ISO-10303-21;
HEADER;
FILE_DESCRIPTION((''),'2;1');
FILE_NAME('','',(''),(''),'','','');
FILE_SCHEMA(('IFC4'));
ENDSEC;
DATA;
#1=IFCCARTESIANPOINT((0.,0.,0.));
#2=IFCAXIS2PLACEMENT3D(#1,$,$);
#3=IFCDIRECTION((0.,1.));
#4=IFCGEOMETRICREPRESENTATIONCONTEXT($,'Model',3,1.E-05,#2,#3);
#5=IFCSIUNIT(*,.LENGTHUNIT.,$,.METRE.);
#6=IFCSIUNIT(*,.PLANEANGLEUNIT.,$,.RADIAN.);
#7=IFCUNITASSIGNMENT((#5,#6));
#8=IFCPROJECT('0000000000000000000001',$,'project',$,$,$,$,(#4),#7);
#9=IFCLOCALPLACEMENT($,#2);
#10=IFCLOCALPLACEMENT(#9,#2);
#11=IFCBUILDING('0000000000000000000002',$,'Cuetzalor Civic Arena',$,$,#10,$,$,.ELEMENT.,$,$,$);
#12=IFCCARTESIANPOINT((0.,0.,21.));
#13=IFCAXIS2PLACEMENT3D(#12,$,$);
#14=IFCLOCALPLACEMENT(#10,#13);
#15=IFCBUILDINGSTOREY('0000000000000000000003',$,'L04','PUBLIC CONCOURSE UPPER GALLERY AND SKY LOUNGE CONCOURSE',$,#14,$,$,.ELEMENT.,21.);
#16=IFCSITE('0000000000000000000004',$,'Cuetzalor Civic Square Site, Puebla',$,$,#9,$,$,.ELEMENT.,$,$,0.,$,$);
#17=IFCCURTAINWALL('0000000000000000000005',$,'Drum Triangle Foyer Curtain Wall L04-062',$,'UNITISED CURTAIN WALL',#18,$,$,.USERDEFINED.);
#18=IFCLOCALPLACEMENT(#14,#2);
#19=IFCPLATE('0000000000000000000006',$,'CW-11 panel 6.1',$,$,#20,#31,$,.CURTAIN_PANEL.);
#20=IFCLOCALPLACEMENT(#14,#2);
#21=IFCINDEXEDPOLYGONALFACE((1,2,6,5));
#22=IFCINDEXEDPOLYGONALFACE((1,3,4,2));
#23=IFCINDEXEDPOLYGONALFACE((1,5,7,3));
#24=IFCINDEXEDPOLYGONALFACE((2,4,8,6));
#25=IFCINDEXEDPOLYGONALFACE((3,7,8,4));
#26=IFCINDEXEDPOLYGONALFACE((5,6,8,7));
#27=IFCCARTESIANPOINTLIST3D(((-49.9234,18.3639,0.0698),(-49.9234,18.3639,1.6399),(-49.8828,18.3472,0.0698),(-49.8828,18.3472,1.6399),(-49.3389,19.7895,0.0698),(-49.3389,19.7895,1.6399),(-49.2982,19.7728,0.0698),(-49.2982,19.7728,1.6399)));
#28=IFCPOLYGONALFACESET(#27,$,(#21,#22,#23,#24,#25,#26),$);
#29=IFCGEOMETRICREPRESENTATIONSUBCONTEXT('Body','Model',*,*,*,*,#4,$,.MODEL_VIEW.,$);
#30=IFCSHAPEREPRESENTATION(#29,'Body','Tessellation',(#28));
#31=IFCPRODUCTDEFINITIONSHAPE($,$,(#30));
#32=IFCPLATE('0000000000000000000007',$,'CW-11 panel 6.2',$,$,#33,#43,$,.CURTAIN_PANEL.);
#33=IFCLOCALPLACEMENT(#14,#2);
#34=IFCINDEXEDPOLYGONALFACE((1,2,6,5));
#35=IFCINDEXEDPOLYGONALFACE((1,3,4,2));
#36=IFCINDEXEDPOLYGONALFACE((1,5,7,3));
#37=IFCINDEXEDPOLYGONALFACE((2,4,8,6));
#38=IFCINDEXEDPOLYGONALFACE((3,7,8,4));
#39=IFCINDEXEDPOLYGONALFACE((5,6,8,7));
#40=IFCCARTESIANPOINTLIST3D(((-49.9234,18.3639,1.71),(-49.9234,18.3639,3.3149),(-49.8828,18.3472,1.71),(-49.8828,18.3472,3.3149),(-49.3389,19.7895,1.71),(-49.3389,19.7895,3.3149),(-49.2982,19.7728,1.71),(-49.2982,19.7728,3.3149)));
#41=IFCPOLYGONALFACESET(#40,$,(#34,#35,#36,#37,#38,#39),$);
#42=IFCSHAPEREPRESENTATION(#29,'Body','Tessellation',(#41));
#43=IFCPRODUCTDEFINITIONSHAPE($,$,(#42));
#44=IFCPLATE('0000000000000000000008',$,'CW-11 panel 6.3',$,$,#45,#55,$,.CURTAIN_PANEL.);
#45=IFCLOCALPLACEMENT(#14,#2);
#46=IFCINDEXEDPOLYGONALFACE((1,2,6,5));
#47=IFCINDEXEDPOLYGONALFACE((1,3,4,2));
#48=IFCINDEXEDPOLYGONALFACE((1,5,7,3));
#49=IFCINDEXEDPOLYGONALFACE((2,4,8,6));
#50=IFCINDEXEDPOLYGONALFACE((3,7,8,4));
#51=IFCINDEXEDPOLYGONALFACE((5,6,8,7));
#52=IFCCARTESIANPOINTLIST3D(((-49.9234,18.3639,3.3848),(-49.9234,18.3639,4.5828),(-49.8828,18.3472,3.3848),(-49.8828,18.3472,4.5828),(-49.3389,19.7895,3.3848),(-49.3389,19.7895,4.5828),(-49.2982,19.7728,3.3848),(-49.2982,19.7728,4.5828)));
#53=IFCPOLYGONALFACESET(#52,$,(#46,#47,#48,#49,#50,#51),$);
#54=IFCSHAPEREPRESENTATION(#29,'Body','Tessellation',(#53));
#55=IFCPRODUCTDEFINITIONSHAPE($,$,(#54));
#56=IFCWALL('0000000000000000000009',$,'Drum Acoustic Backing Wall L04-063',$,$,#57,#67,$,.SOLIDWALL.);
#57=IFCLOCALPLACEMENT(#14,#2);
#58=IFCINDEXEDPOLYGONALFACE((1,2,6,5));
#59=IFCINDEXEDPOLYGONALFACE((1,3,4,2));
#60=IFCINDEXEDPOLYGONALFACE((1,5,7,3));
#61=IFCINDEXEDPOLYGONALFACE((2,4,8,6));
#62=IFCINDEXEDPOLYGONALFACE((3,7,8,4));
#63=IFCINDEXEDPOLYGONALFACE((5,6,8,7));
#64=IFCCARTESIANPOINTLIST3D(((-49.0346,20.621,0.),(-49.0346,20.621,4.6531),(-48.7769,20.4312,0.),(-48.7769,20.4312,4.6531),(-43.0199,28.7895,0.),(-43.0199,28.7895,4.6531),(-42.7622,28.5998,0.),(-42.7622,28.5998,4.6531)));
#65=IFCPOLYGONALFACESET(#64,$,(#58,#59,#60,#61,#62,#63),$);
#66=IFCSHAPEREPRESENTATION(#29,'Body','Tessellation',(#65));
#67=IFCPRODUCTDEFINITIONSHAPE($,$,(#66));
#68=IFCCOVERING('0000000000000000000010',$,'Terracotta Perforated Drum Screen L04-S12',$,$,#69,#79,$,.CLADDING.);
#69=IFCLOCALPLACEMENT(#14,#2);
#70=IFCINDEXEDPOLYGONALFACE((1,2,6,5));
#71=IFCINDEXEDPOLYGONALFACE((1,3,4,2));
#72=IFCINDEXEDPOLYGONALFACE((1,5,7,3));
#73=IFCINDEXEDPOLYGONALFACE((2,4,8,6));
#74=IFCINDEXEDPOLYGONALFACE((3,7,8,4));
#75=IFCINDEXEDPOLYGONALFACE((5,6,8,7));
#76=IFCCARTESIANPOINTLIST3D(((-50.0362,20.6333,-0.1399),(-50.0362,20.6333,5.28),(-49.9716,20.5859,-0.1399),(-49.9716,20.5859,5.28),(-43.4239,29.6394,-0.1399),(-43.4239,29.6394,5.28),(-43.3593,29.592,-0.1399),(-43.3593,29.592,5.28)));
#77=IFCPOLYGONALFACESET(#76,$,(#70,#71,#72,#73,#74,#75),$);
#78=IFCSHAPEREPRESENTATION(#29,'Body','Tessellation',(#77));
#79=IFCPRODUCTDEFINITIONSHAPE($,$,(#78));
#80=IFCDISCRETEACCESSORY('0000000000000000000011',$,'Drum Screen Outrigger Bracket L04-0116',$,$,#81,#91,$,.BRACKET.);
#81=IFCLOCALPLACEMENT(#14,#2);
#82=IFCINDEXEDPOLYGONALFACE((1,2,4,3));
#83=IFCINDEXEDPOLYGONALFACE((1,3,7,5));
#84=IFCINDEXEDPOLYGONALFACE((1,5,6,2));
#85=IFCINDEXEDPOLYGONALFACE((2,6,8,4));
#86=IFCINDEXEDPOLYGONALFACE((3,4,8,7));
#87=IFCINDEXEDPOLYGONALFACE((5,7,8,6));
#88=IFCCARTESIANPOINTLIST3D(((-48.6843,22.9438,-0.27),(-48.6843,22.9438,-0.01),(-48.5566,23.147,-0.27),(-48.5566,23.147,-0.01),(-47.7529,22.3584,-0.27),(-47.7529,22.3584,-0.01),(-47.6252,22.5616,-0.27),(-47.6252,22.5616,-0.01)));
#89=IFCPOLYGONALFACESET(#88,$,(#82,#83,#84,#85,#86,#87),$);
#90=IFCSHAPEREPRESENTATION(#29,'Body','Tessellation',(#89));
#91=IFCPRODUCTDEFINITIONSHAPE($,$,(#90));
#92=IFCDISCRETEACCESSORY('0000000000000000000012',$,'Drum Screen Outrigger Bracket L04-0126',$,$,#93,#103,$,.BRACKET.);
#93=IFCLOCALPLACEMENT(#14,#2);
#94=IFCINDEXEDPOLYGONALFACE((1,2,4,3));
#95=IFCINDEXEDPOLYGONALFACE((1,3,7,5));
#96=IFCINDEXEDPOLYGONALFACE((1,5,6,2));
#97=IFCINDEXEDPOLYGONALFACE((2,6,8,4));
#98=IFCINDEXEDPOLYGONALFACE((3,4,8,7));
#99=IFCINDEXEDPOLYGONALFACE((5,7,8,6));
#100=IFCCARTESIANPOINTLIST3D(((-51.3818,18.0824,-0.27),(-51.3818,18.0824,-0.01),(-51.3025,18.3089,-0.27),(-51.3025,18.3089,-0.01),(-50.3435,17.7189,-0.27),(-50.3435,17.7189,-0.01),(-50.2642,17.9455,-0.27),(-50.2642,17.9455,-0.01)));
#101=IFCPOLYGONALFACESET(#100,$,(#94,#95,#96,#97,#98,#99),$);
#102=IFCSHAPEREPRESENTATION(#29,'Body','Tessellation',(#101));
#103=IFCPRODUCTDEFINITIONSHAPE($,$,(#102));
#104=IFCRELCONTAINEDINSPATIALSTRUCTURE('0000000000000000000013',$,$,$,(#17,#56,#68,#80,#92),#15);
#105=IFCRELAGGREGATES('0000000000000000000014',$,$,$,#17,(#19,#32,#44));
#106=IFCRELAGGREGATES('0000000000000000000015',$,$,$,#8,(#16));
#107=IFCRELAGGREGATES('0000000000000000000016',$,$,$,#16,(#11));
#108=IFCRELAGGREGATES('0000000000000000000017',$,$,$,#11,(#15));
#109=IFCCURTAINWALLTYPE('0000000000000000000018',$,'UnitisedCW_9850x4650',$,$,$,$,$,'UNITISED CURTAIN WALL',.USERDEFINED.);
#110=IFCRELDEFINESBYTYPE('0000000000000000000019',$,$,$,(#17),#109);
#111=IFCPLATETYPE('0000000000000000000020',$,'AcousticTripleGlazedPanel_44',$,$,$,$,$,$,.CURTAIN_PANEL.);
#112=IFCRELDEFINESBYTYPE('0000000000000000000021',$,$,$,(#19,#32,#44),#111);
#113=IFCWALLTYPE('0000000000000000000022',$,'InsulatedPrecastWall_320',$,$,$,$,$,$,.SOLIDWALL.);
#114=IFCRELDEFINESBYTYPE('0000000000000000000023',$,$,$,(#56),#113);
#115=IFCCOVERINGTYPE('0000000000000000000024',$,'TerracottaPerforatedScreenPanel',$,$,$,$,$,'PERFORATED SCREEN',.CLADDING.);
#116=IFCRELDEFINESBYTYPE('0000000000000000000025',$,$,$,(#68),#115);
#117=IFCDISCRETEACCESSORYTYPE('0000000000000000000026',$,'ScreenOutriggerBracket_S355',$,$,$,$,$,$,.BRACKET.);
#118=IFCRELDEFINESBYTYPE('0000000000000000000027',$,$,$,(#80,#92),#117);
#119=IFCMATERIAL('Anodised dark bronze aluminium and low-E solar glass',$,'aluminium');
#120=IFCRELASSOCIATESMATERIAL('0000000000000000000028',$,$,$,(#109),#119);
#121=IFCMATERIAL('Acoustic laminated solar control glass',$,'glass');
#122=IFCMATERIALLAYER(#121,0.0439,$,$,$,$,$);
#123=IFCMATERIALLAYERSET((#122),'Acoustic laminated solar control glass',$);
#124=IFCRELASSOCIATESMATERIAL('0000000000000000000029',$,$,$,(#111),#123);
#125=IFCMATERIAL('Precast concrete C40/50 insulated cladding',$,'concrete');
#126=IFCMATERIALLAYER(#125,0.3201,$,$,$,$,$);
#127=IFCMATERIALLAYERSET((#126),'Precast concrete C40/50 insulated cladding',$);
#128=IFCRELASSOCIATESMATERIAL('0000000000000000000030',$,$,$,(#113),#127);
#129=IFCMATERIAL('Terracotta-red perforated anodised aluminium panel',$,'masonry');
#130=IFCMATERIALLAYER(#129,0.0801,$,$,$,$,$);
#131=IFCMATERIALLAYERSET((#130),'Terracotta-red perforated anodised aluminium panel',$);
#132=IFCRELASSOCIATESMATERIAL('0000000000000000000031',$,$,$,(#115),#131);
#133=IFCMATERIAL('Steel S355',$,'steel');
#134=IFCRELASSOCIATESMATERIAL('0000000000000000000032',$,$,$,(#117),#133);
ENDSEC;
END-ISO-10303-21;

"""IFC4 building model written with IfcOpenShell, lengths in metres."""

from ifc_helpers import new_model, si_unit, direction, frame, frame_2d, origin, origin_2d, place, context, subcontext, project, spatial, rectangle, extrude, material, layer, layer_set, type_object, element, aggregate, save


model = new_model("IFC4")

# Units and contexts
model_context = context("Model", 3, precision=1e-05, world=origin(), true_north=direction((0.0, 1.0)))
body_context = subcontext(model_context, "Body", "Model", "MODEL_VIEW")
ifc_project = project(units=[si_unit("LENGTHUNIT", "METRE"), si_unit("PLANEANGLEUNIT", "RADIAN")], contexts=[model_context])

# Site, building, storey
site_placement = place(None, origin())
site = spatial("IfcSite", under=ifc_project, at=site_placement, Name="Cuetzalor Civic Square Site, Puebla", CompositionType="ELEMENT", RefElevation=0.0)
building_placement = place(site_placement, origin())
building = spatial("IfcBuilding", under=site, at=building_placement, Name="Cuetzalor Civic Arena", CompositionType="ELEMENT")
storey_placement = place(building_placement, frame((0.0, 0.0, 21.0)))
storey = spatial("IfcBuildingStorey", under=building, at=storey_placement, Name="L04", Description="PUBLIC CONCOURSE UPPER GALLERY AND SKY LOUNGE CONCOURSE", CompositionType="ELEMENT", Elevation=21.0)

# Curtain wall
ifc_material_1 = material(Name="Anodised dark bronze aluminium and low-E solar glass", Category="aluminium")
curtain_wall_type = type_object("IfcCurtainWallType", Name="UnitisedCW_9850x4650", ElementType="UNITISED CURTAIN WALL", PredefinedType="USERDEFINED", material=ifc_material_1)
curtain_wall_placement = place(storey_placement, origin())
curtain_wall = element("IfcCurtainWall", 1, at=curtain_wall_placement, inside=storey, type_object=curtain_wall_type, Name="Drum Triangle Foyer Curtain Wall L04-062", ObjectType="UNITISED CURTAIN WALL", PredefinedType="USERDEFINED")

# Plates
ifc_material_2 = material(Name="Acoustic laminated solar control glass", Category="glass")
ifc_layer_1 = layer(ifc_material_2, 0.0439)
ifc_layer_set_1 = layer_set([ifc_layer_1], Name="Acoustic laminated solar control glass")
plate_type = type_object("IfcPlateType", Name="AcousticTripleGlazedPanel_44", PredefinedType="CURTAIN_PANEL", material=ifc_layer_set_1)
plate_1_placement = place(storey_placement, frame((-49.6108, 19.0684, 0.0698), z_axis=(0.0, 0.0, 1.0), x_axis=(0.379391, 0.925236, 0.0)))
plate_1 = element("IfcPlate", 2, at=plate_1_placement, type_object=plate_type, Name="CW-11 panel 6.1", PredefinedType="CURTAIN_PANEL", context=body_context, shape_type="SweptSolid", body=[
    extrude(rectangle(XDim=1.5408, YDim=0.0439, at=origin_2d()), origin(), (0.0, 0.0, 1.0), 1.5701),
])
plate_2_placement = place(storey_placement, frame((-49.6108, 19.0684, 1.71), z_axis=(0.0, 0.0, 1.0), x_axis=(0.379391, 0.925236, 0.0)))
plate_2 = element("IfcPlate", 3, at=plate_2_placement, type_object=plate_type, Name="CW-11 panel 6.2", PredefinedType="CURTAIN_PANEL", context=body_context, shape_type="SweptSolid", body=[
    extrude(rectangle(XDim=1.5408, YDim=0.0439, at=origin_2d()), origin(), (0.0, 0.0, 1.0), 1.605),
])
plate_3_placement = place(storey_placement, frame((-49.6108, 19.0684, 3.3848), z_axis=(0.0, 0.0, 1.0), x_axis=(0.379391, 0.925236, 0.0)))
plate_3 = element("IfcPlate", 4, at=plate_3_placement, type_object=plate_type, Name="CW-11 panel 6.3", PredefinedType="CURTAIN_PANEL", context=body_context, shape_type="SweptSolid", body=[
    extrude(rectangle(XDim=1.5408, YDim=0.0439, at=origin_2d()), origin(), (0.0, 0.0, 1.0), 1.198),
])
aggregate(curtain_wall, [plate_1, plate_2, plate_3])

# Wall
ifc_material_3 = material(Name="Precast concrete C40/50 insulated cladding", Category="concrete")
ifc_layer_2 = layer(ifc_material_3, 0.3201)
ifc_layer_set_2 = layer_set([ifc_layer_2], Name="Precast concrete C40/50 insulated cladding")
wall_type = type_object("IfcWallType", Name="InsulatedPrecastWall_320", PredefinedType="SOLIDWALL", material=ifc_layer_set_2)
wall_placement = place(storey_placement, frame((-48.9058, 20.5261, 0.0), z_axis=(0.0, 0.0, 1.0), x_axis=(0.59293, 0.805254, 0.0)))
element("IfcWall", 5, at=wall_placement, inside=storey, type_object=wall_type, Name="Drum Acoustic Backing Wall L04-063", PredefinedType="SOLIDWALL", context=body_context, shape_type="SweptSolid", body=[
    extrude(rectangle(XDim=10.144, YDim=0.3201, at=frame_2d((5.072, 0.0))), origin(), (0.0, 0.0, 1.0), 4.6531),
])

# Covering
ifc_material_4 = material(Name="Terracotta-red perforated anodised aluminium panel", Category="masonry")
ifc_layer_3 = layer(ifc_material_4, 0.0801)
ifc_layer_set_3 = layer_set([ifc_layer_3], Name="Terracotta-red perforated anodised aluminium panel")
covering_type = type_object("IfcCoveringType", Name="TerracottaPerforatedScreenPanel", ElementType="PERFORATED SCREEN", PredefinedType="CLADDING", material=ifc_layer_set_3)
covering_placement = place(storey_placement, frame((-50.0039, 20.6096, -0.1399), z_axis=(0.0, 0.0, 1.0), x_axis=(0.591819, 0.806071, 0.0)))
element("IfcCovering", 6, at=covering_placement, inside=storey, type_object=covering_type, Name="Terracotta Perforated Drum Screen L04-S12", PredefinedType="CLADDING", context=body_context, shape_type="SweptSolid", body=[
    extrude(rectangle(XDim=11.1729, YDim=0.0801, at=frame_2d((5.5864, 0.0))), origin(), (0.0, 0.0, 1.0), 5.4199),
])

# Discrete accessories
ifc_material_5 = material(Name="Steel S355", Category="steel")
discrete_accessory_type = type_object("IfcDiscreteAccessoryType", Name="ScreenOutriggerBracket_S355", PredefinedType="BRACKET", material=ifc_material_5)
for number, where, z_axis, x_axis, name in (
    (7, (-48.1548, 22.7527, -0.27), (0.0, 0.0, 1.0), (-0.846658, 0.532138, 0.0), "Drum Screen Outrigger Bracket L04-0116"),
    (8, (-50.823, 18.0139, -0.27), (0.0, 0.0, 1.0), (-0.943859, 0.33035, 0.0), "Drum Screen Outrigger Bracket L04-0126"),
):
    element("IfcDiscreteAccessory", number, at=place(storey_placement, frame(where, z_axis=z_axis, x_axis=x_axis)), inside=storey, type_object=discrete_accessory_type, Name=name, PredefinedType="BRACKET", context=body_context, shape_type="SweptSolid", body=[
        extrude(rectangle(XDim=1.1001, YDim=0.24, at=origin_2d()), origin(), (0.0, 0.0, 1.0), 0.26),
    ])

save(model, "model.ifc")
